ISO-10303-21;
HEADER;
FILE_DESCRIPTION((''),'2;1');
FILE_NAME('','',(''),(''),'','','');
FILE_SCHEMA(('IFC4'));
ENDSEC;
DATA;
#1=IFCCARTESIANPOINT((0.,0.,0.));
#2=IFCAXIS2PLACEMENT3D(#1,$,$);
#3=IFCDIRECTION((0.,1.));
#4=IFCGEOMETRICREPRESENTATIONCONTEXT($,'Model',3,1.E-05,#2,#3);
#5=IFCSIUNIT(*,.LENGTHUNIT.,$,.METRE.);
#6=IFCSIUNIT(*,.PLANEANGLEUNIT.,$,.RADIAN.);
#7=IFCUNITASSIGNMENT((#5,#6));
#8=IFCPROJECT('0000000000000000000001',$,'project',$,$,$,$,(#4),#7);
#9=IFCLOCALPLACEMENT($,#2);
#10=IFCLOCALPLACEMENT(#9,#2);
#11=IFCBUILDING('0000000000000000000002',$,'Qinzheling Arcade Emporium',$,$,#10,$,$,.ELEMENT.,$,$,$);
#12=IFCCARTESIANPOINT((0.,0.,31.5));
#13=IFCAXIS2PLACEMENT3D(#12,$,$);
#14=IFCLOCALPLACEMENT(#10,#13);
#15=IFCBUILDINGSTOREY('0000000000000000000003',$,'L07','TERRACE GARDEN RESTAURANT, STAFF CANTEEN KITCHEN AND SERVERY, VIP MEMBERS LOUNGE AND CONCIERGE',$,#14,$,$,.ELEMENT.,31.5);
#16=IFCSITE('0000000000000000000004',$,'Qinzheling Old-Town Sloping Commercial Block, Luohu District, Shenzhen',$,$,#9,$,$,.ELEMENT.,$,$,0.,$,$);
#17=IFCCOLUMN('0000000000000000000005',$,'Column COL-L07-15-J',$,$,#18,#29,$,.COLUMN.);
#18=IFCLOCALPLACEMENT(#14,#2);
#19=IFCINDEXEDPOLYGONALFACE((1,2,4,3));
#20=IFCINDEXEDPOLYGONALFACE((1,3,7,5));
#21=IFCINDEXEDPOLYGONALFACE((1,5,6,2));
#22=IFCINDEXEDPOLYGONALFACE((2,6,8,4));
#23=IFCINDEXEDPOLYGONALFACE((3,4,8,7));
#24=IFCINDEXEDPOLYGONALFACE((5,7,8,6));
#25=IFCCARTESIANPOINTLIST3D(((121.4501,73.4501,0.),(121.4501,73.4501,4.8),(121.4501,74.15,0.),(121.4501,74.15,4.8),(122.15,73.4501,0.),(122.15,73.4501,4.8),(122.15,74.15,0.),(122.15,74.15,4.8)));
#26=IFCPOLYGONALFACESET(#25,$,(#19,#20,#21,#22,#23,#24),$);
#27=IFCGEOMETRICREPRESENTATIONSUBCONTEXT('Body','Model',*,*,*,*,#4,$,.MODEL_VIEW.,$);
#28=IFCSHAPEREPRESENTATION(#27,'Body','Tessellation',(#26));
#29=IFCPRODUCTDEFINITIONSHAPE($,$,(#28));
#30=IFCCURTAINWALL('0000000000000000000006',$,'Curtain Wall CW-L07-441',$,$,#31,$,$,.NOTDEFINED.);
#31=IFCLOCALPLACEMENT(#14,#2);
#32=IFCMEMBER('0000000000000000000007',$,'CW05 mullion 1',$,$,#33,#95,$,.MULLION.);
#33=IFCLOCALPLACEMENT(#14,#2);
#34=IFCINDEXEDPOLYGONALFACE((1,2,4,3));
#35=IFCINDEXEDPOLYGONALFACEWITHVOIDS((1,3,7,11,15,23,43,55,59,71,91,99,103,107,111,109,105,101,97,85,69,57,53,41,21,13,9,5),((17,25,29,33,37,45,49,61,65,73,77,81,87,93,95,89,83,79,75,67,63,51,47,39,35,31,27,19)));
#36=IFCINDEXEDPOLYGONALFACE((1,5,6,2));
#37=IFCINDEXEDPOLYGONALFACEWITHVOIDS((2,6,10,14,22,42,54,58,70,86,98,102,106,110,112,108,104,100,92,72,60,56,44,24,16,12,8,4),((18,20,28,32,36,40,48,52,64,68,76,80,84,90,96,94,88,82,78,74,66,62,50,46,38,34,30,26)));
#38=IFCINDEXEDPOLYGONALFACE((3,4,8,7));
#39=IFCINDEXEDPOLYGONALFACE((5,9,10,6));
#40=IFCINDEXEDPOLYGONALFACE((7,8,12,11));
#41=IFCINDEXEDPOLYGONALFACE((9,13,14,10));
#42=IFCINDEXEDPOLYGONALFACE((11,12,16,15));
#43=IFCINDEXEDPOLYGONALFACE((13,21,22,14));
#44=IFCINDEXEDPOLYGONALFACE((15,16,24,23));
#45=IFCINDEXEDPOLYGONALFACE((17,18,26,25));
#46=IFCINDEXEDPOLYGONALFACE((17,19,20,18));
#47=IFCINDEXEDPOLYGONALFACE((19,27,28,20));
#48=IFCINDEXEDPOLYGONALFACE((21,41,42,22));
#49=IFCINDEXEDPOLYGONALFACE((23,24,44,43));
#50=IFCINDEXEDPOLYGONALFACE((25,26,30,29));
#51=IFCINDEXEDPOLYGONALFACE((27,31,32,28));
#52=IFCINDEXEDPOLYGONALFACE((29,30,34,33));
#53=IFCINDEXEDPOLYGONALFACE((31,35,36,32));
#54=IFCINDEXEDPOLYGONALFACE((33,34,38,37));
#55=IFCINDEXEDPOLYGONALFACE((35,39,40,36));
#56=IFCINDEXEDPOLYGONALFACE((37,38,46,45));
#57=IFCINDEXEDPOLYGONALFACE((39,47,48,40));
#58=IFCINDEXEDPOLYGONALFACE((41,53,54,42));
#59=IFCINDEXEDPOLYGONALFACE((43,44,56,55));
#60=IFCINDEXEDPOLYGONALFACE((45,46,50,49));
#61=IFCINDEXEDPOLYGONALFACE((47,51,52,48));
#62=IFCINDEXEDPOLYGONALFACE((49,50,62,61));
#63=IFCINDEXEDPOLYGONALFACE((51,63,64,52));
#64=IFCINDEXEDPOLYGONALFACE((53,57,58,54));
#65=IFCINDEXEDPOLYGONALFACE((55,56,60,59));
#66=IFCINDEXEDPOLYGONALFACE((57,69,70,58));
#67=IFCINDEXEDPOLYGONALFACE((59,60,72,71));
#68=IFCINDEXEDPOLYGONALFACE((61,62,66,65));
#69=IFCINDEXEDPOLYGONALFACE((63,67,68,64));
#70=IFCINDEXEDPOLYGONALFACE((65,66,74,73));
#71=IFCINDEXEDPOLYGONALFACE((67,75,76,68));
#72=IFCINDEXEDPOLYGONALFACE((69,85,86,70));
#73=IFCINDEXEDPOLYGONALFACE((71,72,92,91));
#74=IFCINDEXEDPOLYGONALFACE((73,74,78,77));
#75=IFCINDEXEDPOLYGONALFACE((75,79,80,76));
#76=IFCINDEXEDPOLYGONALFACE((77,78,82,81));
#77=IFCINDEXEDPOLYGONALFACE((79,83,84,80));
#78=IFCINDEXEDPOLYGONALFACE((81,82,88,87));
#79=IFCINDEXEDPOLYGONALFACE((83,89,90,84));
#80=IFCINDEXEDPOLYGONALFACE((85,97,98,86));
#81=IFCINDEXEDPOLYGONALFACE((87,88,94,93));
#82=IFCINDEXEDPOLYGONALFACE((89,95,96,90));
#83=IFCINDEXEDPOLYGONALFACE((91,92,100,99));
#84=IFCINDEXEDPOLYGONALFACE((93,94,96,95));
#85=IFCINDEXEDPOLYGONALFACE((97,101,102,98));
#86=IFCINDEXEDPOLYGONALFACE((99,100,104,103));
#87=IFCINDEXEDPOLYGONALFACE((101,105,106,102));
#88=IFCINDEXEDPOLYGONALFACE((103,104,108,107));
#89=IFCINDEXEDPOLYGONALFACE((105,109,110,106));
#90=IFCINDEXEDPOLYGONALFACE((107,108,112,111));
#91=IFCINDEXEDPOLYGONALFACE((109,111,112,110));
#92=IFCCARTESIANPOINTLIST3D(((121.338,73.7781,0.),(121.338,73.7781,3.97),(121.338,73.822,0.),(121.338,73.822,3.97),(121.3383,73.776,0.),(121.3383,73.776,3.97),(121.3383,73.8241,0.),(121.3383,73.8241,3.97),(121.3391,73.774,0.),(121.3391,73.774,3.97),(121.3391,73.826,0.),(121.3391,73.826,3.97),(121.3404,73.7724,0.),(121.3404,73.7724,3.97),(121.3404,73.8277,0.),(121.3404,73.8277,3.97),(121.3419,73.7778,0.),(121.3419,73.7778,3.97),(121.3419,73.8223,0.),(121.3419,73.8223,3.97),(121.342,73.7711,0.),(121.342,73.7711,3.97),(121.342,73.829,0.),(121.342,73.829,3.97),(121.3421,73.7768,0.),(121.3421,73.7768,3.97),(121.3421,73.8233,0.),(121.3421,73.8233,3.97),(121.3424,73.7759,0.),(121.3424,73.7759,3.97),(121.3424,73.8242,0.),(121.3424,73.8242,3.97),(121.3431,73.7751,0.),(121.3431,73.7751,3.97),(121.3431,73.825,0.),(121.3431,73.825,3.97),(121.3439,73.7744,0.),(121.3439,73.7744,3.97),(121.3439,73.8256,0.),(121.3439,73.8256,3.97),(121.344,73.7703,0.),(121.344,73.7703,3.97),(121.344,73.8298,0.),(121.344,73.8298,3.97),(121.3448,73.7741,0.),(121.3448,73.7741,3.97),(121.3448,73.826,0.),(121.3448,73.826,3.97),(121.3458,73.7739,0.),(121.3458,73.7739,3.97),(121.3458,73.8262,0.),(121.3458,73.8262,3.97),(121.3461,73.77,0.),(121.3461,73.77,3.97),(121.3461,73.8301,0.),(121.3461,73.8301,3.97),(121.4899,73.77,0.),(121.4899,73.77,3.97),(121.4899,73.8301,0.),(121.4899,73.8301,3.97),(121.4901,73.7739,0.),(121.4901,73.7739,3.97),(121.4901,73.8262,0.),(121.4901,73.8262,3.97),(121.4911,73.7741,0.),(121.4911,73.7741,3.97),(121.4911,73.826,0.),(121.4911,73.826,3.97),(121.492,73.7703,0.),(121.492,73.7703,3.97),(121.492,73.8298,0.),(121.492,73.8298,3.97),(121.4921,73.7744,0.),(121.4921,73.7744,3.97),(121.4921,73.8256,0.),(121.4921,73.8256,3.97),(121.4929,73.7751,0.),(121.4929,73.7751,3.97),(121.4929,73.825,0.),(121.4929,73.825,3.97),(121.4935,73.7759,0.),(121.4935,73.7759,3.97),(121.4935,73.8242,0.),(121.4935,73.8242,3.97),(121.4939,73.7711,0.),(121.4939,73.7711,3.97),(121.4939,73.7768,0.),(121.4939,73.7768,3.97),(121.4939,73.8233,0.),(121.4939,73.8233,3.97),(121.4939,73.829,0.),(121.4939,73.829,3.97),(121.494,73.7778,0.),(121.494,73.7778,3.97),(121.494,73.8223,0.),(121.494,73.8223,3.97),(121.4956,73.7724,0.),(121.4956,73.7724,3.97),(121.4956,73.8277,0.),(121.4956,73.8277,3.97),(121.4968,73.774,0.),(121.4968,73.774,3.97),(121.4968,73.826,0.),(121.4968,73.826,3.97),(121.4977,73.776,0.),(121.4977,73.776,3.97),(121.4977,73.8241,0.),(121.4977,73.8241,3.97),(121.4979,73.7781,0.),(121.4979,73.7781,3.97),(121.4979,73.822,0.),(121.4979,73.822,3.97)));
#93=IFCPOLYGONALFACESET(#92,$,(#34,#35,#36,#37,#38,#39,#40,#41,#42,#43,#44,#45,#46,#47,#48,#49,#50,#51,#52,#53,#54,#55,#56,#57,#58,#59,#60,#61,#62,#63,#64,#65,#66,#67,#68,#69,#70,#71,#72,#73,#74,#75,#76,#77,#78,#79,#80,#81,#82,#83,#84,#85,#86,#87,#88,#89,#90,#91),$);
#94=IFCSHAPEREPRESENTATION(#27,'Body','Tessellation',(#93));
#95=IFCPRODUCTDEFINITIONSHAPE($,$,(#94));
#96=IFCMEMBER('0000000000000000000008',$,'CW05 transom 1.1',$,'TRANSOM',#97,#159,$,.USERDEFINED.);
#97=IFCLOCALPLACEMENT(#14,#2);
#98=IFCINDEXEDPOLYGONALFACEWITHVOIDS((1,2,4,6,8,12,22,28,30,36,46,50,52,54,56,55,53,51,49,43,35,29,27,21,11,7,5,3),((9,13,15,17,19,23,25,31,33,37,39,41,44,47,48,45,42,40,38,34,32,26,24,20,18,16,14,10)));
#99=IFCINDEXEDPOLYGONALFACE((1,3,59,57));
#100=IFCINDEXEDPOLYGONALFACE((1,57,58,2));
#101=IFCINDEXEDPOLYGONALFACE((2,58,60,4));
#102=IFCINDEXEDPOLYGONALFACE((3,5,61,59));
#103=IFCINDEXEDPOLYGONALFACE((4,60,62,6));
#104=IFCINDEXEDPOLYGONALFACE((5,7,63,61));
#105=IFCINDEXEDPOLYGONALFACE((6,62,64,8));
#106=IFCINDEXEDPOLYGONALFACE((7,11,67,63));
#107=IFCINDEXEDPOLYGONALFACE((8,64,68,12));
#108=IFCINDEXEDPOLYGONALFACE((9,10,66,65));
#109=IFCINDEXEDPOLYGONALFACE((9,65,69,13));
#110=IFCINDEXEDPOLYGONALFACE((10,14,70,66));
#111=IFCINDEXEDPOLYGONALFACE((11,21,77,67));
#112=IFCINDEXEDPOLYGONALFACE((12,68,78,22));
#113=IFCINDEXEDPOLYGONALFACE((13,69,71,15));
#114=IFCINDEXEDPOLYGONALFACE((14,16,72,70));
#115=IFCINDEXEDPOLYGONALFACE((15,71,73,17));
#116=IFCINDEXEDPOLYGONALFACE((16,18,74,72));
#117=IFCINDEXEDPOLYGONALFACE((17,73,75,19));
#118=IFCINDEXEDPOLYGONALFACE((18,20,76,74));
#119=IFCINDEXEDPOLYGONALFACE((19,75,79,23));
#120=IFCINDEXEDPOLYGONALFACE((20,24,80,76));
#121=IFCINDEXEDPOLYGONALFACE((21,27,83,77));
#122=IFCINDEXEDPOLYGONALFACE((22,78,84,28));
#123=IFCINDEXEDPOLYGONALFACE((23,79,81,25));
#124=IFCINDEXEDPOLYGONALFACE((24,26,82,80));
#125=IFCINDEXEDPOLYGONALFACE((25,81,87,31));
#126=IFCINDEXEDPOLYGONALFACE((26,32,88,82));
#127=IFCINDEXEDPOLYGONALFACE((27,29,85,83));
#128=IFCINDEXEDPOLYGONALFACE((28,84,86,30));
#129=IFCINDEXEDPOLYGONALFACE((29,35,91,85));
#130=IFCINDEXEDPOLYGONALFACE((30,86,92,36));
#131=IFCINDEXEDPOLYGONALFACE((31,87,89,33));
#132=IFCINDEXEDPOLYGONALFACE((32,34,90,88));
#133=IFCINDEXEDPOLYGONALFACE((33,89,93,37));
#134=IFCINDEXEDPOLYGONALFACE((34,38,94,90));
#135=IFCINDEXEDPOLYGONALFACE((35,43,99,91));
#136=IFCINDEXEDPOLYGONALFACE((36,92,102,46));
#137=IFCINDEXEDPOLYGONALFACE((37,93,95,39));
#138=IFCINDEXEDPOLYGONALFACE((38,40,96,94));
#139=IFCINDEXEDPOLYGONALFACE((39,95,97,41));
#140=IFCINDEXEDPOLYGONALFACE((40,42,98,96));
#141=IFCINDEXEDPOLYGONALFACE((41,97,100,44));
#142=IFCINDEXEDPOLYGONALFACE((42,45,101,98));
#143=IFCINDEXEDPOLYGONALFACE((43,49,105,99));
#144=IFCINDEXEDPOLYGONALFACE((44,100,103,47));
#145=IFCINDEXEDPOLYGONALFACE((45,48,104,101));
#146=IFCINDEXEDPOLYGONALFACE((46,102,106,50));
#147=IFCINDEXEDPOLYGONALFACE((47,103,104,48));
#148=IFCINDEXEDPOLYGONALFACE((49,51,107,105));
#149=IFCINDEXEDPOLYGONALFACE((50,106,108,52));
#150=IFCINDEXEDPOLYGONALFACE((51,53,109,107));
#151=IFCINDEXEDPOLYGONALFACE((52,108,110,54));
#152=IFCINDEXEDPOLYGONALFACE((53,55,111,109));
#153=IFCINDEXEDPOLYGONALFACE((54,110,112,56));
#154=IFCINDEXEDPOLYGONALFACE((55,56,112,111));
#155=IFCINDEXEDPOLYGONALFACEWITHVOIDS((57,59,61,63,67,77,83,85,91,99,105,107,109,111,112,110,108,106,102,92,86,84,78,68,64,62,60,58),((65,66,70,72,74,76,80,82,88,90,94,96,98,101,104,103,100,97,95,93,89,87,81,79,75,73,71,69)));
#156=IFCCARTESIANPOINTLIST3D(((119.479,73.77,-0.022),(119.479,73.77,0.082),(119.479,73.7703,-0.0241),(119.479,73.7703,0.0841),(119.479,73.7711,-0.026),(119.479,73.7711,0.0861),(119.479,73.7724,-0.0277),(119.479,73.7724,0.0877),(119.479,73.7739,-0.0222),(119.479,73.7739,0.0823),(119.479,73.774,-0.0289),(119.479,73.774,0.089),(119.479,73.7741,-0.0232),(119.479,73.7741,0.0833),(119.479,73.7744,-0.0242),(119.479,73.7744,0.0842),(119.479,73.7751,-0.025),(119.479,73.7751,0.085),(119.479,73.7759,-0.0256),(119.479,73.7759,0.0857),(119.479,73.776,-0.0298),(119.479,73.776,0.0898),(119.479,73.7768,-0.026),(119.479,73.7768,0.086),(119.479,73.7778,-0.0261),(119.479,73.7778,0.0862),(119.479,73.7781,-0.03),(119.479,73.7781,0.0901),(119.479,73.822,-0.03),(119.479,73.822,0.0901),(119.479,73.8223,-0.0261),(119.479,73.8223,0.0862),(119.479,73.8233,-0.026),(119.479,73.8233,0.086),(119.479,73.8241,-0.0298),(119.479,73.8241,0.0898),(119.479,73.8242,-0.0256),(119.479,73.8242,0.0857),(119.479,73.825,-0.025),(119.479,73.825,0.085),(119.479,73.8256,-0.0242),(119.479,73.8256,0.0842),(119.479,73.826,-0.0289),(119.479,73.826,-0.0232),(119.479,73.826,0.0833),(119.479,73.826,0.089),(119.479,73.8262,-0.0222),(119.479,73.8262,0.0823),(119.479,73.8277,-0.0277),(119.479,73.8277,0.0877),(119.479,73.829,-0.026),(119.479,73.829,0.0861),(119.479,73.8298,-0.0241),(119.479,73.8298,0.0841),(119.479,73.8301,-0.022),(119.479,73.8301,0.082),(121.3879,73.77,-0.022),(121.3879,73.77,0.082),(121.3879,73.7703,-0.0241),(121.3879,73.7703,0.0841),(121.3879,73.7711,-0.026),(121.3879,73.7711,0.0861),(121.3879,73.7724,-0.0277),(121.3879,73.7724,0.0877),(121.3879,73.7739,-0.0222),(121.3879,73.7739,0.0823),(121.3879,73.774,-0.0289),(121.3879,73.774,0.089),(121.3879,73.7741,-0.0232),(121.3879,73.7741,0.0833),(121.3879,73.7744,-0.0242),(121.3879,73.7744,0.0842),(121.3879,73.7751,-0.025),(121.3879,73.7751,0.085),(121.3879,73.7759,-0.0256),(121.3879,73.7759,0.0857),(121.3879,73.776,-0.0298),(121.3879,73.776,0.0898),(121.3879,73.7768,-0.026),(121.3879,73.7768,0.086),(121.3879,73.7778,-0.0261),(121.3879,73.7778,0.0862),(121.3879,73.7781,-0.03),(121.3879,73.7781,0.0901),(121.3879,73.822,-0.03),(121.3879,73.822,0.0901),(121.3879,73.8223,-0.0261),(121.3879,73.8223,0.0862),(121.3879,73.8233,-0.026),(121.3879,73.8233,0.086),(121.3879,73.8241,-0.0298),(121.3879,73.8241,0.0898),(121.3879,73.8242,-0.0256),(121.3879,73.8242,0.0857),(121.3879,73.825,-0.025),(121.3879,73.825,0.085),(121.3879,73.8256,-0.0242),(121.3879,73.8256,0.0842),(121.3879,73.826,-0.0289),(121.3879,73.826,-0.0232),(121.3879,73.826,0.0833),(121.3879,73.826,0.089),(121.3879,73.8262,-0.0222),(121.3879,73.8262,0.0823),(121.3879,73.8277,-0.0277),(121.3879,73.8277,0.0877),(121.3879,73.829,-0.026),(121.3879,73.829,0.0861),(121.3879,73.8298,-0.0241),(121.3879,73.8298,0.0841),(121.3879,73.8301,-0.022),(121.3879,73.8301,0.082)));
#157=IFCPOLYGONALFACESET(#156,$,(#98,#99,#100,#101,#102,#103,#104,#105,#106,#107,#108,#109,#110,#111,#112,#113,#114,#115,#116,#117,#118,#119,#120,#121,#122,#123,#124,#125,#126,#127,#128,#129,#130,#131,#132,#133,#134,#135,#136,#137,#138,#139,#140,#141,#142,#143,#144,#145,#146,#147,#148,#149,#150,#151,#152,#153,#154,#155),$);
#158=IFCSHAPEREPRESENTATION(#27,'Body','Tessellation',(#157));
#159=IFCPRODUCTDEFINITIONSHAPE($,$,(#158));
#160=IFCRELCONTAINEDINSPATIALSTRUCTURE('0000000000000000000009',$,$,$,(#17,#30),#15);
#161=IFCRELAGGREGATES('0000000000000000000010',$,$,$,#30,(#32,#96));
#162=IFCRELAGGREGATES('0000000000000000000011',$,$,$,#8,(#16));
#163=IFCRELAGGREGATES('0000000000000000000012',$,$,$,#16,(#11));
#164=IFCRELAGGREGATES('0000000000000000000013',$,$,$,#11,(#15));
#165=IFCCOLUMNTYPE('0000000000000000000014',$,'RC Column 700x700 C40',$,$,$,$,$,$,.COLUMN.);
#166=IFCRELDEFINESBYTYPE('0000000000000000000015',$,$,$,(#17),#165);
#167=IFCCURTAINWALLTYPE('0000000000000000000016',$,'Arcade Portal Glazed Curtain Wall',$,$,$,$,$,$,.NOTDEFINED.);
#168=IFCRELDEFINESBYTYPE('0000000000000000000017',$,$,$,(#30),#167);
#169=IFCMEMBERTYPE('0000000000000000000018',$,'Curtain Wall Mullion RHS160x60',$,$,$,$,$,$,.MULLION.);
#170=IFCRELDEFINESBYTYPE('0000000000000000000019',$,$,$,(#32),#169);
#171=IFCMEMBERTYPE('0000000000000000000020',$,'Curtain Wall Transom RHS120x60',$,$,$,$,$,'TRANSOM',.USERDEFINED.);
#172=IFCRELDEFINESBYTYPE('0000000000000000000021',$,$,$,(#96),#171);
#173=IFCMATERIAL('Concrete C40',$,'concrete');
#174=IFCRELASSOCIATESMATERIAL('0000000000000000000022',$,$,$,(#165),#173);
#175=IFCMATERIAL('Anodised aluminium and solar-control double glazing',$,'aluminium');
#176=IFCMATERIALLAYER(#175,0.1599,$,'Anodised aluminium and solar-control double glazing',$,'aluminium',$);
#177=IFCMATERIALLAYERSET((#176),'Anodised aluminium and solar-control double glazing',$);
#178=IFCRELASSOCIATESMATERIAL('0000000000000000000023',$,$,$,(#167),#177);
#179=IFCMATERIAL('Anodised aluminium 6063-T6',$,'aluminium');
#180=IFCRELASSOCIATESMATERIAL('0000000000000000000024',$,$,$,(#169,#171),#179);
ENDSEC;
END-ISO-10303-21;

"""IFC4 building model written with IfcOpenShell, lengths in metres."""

from ifc_helpers import new_model, si_unit, direction, frame, origin, origin_2d, place, context, subcontext, project, spatial, rectangle, hollow_rectangle, extrude, material, layer, layer_set, material_profile, profile_set, type_object, element, aggregate, save


model = new_model("IFC4")

# Units and contexts
model_context = context("Model", 3, precision=1e-05, world=origin(), true_north=direction((0.0, 1.0)))
body_context = subcontext(model_context, "Body", "Model", "MODEL_VIEW")
ifc_project = project(units=[si_unit("LENGTHUNIT", "METRE"), si_unit("PLANEANGLEUNIT", "RADIAN")], contexts=[model_context])

# Site, building, storey
site_placement = place(None, origin())
site = spatial("IfcSite", under=ifc_project, at=site_placement, Name="Qinzheling Old-Town Sloping Commercial Block, Luohu District, Shenzhen", CompositionType="ELEMENT", RefElevation=0.0)
building_placement = place(site_placement, origin())
building = spatial("IfcBuilding", under=site, at=building_placement, Name="Qinzheling Arcade Emporium", CompositionType="ELEMENT")
storey_placement = place(building_placement, frame((0.0, 0.0, 31.5)))
storey = spatial("IfcBuildingStorey", under=building, at=storey_placement, Name="L07", Description="TERRACE GARDEN RESTAURANT, STAFF CANTEEN KITCHEN AND SERVERY, VIP MEMBERS LOUNGE AND CONCIERGE", CompositionType="ELEMENT", Elevation=31.5)

# Column
ifc_material_1 = material(Name="Concrete C40", Category="concrete")
ifc_material_profile_1 = material_profile(ifc_material_1, rectangle(XDim=0.7, YDim=0.7, at=origin_2d()), Name="RC 700x700", Category="concrete")
ifc_profile_set_1 = profile_set([ifc_material_profile_1], Name="Concrete C40")
column_type = type_object("IfcColumnType", Name="RC Column 700x700 C40", PredefinedType="COLUMN", material=ifc_profile_set_1)
column_placement = place(storey_placement, frame((121.8, 73.8, 0.0), z_axis=(0.0, 0.0, 1.0), x_axis=(1.0, 0.0, 0.0)))
element("IfcColumn", 1, at=column_placement, inside=storey, type_object=column_type, Name="Column COL-L07-15-J", PredefinedType="COLUMN", context=body_context, shape_type="SweptSolid", body=[
    extrude(rectangle(XDim=0.7, YDim=0.7, at=origin_2d()), origin(), (0.0, 0.0, 1.0), 4.8),
])

# Curtain wall, members
ifc_material_2 = material(Name="Anodised aluminium and solar-control double glazing", Category="aluminium")
ifc_layer_1 = layer(ifc_material_2, 0.1599, Name="Anodised aluminium and solar-control double glazing", Category="aluminium")
ifc_layer_set_1 = layer_set([ifc_layer_1], Name="Anodised aluminium and solar-control double glazing")
curtain_wall_type = type_object("IfcCurtainWallType", Name="Arcade Portal Glazed Curtain Wall", PredefinedType="NOTDEFINED", material=ifc_layer_set_1)
curtain_wall_placement = place(storey_placement, origin())
curtain_wall = element("IfcCurtainWall", 2, at=curtain_wall_placement, inside=storey, type_object=curtain_wall_type, Name="Curtain Wall CW-L07-441", PredefinedType="NOTDEFINED")
ifc_material_3 = material(Name="Anodised aluminium 6063-T6", Category="aluminium")
ifc_material_profile_2 = material_profile(ifc_material_3, hollow_rectangle(XDim=0.0601, YDim=0.1599, WallThickness=0.0039, InnerFilletRadius=0.0039, OuterFilletRadius=0.0081, at=origin_2d()), Name="RHS 160x60x4", Category="aluminium")
ifc_profile_set_2 = profile_set([ifc_material_profile_2], Name="Anodised aluminium 6063-T6")
member_type_1 = type_object("IfcMemberType", Name="Curtain Wall Mullion RHS160x60", PredefinedType="MULLION", material=ifc_profile_set_2)
member_1_placement = place(storey_placement, frame((121.418, 73.8, 0.0), z_axis=(0.0, 0.0, 1.0), x_axis=(0.0, -1.0, 0.0)))
member_1 = element("IfcMember", 3, at=member_1_placement, type_object=member_type_1, Name="CW05 mullion 1", PredefinedType="MULLION", context=body_context, shape_type="SweptSolid", body=[
    extrude(hollow_rectangle(XDim=0.0601, YDim=0.1599, WallThickness=0.0039, InnerFilletRadius=0.0039, OuterFilletRadius=0.0081, at=origin_2d()), origin(), (0.0, 0.0, 1.0), 3.97),
])
ifc_material_profile_3 = material_profile(ifc_material_3, hollow_rectangle(XDim=0.0601, YDim=0.1201, WallThickness=0.0039, InnerFilletRadius=0.0039, OuterFilletRadius=0.0081, at=origin_2d()), Name="RHS 120x60x4", Category="aluminium")
ifc_profile_set_3 = profile_set([ifc_material_profile_3], Name="Anodised aluminium 6063-T6")
member_type_2 = type_object("IfcMemberType", Name="Curtain Wall Transom RHS120x60", ElementType="TRANSOM", PredefinedType="USERDEFINED", material=ifc_profile_set_3)
member_2_placement = place(storey_placement, frame((121.3879, 73.8, 0.03), z_axis=(-1.0, 0.0, 0.0), x_axis=(0.0, -1.0, 0.0)))
member_2 = element("IfcMember", 4, at=member_2_placement, type_object=member_type_2, Name="CW05 transom 1.1", ObjectType="TRANSOM", PredefinedType="USERDEFINED", context=body_context, shape_type="SweptSolid", body=[
    extrude(hollow_rectangle(XDim=0.0601, YDim=0.1201, WallThickness=0.0039, InnerFilletRadius=0.0039, OuterFilletRadius=0.0081, at=origin_2d()), origin(), (0.0, 0.0, 1.0), 1.9089),
])
aggregate(curtain_wall, [member_1, member_2])

save(model, "model.ifc")
